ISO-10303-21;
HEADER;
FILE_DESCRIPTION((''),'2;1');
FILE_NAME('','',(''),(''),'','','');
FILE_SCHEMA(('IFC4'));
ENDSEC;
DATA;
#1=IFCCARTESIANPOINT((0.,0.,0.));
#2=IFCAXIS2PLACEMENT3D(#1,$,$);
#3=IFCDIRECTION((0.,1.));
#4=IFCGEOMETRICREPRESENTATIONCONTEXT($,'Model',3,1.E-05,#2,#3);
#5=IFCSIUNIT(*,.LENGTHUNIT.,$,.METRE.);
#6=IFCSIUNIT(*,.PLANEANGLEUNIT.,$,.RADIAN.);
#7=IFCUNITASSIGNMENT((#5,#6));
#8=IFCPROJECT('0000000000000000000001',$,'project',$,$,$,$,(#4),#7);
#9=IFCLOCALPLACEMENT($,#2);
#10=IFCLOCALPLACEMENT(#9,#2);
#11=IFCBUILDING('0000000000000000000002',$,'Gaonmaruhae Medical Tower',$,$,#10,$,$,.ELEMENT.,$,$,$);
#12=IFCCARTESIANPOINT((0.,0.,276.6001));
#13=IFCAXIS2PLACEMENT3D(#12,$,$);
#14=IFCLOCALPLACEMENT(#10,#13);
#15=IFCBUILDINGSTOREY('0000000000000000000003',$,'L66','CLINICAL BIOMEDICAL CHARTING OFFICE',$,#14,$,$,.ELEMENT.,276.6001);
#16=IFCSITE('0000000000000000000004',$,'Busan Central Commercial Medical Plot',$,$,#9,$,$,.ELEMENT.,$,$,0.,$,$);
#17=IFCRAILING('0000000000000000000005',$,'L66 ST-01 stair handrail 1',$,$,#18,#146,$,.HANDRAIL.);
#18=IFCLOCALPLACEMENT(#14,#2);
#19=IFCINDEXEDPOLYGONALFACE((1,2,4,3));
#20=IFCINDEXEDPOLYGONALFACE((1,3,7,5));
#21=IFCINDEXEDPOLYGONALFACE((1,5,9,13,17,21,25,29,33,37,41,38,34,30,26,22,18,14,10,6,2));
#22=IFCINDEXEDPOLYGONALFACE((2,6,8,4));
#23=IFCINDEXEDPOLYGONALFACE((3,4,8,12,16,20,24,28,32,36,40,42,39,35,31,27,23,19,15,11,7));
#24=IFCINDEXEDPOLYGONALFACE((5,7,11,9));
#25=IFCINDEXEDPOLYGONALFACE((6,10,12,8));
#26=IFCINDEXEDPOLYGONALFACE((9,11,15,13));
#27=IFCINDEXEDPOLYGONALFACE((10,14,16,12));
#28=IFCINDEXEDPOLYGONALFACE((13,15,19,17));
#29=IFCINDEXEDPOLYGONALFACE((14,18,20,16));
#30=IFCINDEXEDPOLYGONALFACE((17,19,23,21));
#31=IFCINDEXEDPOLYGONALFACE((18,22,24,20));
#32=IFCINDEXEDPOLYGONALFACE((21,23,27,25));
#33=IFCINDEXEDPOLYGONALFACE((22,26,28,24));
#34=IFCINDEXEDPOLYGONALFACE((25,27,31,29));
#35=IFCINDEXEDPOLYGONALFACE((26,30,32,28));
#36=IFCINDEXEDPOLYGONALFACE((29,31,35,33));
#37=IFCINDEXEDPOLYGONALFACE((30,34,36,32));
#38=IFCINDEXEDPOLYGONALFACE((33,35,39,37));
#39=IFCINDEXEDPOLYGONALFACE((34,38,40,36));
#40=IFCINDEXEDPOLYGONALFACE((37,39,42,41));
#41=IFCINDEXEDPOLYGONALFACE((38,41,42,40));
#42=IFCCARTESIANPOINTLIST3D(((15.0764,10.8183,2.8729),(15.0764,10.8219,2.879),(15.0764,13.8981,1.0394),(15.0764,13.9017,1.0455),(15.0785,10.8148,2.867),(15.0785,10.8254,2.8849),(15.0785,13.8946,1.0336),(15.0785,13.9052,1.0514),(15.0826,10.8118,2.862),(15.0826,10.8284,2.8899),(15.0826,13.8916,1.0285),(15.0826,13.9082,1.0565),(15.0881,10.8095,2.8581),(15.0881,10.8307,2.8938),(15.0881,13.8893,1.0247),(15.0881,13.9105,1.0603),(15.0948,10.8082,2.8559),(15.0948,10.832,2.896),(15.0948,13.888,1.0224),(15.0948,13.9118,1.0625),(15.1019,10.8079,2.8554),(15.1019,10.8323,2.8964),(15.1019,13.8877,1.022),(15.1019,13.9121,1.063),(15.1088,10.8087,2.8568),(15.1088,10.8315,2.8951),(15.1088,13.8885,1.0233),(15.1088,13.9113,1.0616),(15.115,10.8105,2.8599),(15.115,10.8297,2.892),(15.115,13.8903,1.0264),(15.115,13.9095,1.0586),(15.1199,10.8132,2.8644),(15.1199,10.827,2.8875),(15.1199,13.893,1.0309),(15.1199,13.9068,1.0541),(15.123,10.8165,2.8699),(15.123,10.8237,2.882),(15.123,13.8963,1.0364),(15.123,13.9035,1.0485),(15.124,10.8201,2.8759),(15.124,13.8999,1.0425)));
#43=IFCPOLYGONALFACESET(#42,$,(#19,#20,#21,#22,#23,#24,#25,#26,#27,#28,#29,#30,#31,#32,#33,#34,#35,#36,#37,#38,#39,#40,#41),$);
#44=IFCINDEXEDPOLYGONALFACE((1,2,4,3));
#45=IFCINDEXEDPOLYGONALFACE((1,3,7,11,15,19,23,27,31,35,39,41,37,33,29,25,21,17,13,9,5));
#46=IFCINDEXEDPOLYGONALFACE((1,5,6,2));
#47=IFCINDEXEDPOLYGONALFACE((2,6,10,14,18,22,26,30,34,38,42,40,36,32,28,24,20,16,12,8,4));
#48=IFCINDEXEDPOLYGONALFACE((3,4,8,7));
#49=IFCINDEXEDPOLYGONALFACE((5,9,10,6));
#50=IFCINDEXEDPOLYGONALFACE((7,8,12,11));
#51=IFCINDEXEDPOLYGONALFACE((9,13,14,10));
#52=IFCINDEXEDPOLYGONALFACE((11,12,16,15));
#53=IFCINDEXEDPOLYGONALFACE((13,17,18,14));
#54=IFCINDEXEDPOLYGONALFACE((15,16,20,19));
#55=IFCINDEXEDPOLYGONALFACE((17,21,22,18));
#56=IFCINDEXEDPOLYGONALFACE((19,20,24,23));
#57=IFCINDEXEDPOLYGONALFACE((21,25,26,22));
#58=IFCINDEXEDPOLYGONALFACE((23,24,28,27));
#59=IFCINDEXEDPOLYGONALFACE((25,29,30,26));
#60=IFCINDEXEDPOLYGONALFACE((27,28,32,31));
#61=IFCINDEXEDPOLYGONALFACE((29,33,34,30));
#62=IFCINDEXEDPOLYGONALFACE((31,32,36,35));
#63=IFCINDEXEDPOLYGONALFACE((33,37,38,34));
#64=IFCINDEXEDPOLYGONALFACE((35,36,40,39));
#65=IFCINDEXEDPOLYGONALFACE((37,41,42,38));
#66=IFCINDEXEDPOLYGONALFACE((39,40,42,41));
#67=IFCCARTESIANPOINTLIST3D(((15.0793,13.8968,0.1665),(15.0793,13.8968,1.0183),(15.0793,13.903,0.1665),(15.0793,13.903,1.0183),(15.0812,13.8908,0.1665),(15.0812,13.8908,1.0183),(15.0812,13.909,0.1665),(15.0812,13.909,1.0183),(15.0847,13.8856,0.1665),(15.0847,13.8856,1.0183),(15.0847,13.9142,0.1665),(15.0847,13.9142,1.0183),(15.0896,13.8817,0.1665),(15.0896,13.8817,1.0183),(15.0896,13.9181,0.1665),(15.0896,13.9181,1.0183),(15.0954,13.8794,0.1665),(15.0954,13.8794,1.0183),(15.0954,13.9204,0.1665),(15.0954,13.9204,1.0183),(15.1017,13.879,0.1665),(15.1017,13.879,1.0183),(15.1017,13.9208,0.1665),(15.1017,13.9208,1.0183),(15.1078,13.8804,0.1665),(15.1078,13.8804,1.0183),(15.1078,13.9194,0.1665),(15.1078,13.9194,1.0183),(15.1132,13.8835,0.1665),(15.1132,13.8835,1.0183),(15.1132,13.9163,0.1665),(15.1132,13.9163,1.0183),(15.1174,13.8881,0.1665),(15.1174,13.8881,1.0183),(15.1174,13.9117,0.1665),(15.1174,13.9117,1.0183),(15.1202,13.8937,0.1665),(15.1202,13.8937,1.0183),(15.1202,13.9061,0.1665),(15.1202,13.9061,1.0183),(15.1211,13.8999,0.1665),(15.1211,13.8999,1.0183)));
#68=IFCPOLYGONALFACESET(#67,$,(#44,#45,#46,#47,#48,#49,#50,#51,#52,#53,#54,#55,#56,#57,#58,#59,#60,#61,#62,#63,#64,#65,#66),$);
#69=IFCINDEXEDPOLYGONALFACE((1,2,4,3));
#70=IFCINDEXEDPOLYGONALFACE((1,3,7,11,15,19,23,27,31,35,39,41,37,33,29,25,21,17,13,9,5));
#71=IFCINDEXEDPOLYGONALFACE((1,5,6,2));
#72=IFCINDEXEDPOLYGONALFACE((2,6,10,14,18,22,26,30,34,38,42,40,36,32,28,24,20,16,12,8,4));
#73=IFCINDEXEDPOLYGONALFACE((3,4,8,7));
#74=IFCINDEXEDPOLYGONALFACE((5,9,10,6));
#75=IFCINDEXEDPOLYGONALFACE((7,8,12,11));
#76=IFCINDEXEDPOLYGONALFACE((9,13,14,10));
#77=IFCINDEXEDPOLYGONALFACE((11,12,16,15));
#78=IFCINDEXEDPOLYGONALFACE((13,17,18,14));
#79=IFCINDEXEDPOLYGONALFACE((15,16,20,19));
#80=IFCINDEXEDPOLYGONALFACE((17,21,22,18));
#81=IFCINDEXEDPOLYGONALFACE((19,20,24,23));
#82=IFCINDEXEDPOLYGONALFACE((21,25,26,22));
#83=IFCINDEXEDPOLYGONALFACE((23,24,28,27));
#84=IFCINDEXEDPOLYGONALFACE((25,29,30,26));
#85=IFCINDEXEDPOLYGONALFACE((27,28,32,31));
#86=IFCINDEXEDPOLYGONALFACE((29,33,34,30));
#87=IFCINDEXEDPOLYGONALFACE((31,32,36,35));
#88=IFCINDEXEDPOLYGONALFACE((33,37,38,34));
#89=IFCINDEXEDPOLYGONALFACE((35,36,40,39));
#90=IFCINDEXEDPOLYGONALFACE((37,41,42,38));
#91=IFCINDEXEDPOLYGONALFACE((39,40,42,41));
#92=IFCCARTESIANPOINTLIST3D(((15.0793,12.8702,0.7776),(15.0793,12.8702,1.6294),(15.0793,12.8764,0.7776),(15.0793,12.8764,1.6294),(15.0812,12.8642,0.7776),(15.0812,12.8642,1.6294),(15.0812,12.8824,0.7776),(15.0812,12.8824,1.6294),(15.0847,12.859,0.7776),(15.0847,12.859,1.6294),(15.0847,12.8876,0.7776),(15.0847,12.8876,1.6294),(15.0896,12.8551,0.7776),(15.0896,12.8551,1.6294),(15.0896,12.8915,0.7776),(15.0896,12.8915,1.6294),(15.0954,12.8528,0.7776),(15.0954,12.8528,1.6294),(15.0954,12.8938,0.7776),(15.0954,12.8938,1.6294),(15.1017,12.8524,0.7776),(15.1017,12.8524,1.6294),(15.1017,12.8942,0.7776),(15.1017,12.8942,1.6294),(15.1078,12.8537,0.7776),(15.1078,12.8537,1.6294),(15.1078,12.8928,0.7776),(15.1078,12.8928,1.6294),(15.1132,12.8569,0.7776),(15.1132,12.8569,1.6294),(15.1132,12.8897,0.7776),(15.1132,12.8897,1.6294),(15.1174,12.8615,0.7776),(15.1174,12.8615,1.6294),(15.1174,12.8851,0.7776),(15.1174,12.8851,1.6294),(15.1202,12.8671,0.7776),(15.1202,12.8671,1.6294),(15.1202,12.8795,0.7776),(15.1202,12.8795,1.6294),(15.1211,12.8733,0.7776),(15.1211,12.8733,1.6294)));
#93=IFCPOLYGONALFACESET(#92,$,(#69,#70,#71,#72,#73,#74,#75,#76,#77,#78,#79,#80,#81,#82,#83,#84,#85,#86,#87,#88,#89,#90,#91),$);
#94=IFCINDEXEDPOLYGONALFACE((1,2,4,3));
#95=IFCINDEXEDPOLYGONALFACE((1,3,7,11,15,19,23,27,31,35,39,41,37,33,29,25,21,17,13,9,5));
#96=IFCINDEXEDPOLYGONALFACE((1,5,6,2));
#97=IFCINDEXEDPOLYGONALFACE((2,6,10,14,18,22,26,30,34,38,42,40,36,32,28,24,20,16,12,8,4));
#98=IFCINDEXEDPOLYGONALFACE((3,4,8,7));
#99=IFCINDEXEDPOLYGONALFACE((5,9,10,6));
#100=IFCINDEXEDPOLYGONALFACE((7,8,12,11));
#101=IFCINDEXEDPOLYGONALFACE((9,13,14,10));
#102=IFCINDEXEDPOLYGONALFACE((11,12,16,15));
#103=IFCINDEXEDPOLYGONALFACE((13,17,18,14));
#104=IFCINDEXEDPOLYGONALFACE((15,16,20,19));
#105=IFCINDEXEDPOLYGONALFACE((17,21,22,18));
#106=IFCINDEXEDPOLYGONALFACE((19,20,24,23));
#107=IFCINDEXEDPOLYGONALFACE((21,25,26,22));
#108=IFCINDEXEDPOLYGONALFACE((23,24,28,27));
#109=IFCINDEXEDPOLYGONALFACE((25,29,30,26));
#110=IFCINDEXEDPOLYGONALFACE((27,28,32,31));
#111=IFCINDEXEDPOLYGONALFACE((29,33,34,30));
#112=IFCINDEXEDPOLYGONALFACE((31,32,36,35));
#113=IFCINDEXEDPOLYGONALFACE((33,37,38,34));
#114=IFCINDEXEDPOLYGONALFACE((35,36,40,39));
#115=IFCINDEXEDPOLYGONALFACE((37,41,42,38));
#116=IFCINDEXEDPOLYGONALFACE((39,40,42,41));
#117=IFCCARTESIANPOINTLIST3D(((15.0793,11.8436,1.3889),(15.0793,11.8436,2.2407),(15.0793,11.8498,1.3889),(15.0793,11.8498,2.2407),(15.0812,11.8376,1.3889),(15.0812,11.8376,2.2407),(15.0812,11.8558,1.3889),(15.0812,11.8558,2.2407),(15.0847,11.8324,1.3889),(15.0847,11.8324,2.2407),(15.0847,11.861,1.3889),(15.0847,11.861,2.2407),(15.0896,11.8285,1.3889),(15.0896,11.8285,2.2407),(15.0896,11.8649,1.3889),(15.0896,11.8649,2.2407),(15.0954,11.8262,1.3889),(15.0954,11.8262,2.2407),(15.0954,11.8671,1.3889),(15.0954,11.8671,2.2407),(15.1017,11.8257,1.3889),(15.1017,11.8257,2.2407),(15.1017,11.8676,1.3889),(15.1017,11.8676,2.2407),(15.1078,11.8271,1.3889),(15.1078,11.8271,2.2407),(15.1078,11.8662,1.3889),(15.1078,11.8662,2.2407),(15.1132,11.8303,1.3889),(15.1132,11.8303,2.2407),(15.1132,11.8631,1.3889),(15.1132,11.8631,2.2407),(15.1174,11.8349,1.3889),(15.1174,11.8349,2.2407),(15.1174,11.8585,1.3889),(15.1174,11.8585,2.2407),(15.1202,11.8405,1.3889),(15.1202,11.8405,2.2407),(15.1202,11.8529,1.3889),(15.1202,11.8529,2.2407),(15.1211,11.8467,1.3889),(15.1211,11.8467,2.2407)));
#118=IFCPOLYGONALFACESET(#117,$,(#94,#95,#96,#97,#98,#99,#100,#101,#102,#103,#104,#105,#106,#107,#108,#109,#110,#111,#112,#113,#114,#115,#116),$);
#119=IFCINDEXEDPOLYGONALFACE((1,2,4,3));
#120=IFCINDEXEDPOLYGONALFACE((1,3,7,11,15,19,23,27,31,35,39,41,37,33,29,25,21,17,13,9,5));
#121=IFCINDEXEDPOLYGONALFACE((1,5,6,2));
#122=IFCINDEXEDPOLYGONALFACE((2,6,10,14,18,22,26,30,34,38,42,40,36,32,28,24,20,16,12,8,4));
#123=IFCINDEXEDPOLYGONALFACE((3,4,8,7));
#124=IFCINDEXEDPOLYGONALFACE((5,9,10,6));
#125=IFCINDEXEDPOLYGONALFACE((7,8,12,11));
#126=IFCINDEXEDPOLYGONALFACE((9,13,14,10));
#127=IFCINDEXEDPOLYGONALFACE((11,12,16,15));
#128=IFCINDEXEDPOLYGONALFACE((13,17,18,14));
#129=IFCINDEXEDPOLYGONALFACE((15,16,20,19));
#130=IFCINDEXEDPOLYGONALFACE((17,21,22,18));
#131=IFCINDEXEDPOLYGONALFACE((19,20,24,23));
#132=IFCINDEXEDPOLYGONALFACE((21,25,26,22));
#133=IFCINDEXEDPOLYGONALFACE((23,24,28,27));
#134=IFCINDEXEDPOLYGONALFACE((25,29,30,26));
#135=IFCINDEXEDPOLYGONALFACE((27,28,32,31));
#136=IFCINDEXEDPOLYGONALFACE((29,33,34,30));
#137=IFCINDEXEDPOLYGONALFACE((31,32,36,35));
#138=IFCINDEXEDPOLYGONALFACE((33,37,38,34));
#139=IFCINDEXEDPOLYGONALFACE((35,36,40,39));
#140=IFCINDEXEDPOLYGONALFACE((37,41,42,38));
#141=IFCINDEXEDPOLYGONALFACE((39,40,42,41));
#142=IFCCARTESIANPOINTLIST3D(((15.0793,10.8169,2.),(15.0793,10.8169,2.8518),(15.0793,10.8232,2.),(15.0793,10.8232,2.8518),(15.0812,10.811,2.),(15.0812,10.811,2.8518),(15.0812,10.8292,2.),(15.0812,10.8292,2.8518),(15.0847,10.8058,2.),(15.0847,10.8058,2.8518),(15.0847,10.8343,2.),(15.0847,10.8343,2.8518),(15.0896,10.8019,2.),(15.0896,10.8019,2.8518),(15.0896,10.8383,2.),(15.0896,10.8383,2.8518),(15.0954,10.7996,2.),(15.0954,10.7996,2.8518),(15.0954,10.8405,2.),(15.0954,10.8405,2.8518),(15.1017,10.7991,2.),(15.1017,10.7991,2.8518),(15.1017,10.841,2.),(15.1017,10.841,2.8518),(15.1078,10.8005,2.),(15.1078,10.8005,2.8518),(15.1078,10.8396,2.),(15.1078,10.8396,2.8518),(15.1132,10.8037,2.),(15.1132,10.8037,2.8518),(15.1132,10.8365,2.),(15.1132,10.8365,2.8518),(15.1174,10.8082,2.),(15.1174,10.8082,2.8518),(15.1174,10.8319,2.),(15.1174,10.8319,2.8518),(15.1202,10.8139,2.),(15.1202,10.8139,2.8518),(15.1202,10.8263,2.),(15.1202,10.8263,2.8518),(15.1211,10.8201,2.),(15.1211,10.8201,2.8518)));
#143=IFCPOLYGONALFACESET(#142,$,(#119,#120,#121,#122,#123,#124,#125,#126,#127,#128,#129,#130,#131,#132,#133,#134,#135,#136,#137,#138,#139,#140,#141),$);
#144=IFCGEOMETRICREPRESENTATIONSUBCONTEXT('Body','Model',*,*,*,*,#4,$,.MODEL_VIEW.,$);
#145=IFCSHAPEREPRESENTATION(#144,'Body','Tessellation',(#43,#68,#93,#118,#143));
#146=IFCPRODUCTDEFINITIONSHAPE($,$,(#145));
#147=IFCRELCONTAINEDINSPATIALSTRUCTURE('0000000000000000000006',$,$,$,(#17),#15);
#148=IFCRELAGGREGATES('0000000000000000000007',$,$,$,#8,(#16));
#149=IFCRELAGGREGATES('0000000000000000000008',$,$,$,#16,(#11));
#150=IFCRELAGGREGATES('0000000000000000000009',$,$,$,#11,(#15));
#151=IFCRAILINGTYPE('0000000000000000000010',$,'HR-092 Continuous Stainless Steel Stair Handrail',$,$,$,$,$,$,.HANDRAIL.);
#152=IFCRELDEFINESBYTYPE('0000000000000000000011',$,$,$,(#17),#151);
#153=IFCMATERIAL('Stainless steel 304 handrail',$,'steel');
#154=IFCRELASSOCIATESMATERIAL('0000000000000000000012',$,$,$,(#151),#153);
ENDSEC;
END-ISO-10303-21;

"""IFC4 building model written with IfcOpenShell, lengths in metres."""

from ifc_helpers import new_model, si_unit, direction, frame, origin, origin_2d, place, context, subcontext, project, spatial, circle, extrude, material, type_object, element, save


model = new_model("IFC4")

# Units and contexts
model_context = context("Model", 3, precision=1e-05, world=origin(), true_north=direction((0.0, 1.0)))
body_context = subcontext(model_context, "Body", "Model", "MODEL_VIEW")
ifc_project = project(units=[si_unit("LENGTHUNIT", "METRE"), si_unit("PLANEANGLEUNIT", "RADIAN")], contexts=[model_context])

# Site, building, storey
site_placement = place(None, origin())
site = spatial("IfcSite", under=ifc_project, at=site_placement, Name="Busan Central Commercial Medical Plot", CompositionType="ELEMENT", RefElevation=0.0)
building_placement = place(site_placement, origin())
building = spatial("IfcBuilding", under=site, at=building_placement, Name="Gaonmaruhae Medical Tower", CompositionType="ELEMENT")
storey_placement = place(building_placement, frame((0.0, 0.0, 276.6001)))
storey = spatial("IfcBuildingStorey", under=building, at=storey_placement, Name="L66", Description="CLINICAL BIOMEDICAL CHARTING OFFICE", CompositionType="ELEMENT", Elevation=276.6001)

# Railing
ifc_material_1 = material(Name="Stainless steel 304 handrail", Category="steel")
railing_type = type_object("IfcRailingType", Name="HR-092 Continuous Stainless Steel Stair Handrail", PredefinedType="HANDRAIL", material=ifc_material_1)
railing_placement = place(storey_placement, frame((15.1001, 13.8999, 0.1665)))
element("IfcRailing", 1, at=railing_placement, inside=storey, type_object=railing_type, Name="L66 ST-01 stair handrail 1", PredefinedType="HANDRAIL", context=body_context, shape_type="SweptSolid", body=[
    extrude(circle(Radius=0.0239, at=origin_2d()), frame((0.0, 0.0, 0.876), z_axis=(0.0, -0.859261, 0.511538), x_axis=(1.0, 0.0, 0.0)), (0.0, 0.0, 1.0), 3.5842),
    extrude(circle(Radius=0.021, at=origin_2d()), origin(), (0.0, 0.0, 1.0), 0.8518),
    extrude(circle(Radius=0.021, at=origin_2d()), frame((0.0, -1.0266, 0.6111)), (0.0, 0.0, 1.0), 0.8518),
    extrude(circle(Radius=0.021, at=origin_2d()), frame((0.0, -2.0532, 1.2224)), (0.0, 0.0, 1.0), 0.8518),
    extrude(circle(Radius=0.021, at=origin_2d()), frame((0.0, -3.0798, 1.8335)), (0.0, 0.0, 1.0), 0.8518),
])

save(model, "model.ifc")
